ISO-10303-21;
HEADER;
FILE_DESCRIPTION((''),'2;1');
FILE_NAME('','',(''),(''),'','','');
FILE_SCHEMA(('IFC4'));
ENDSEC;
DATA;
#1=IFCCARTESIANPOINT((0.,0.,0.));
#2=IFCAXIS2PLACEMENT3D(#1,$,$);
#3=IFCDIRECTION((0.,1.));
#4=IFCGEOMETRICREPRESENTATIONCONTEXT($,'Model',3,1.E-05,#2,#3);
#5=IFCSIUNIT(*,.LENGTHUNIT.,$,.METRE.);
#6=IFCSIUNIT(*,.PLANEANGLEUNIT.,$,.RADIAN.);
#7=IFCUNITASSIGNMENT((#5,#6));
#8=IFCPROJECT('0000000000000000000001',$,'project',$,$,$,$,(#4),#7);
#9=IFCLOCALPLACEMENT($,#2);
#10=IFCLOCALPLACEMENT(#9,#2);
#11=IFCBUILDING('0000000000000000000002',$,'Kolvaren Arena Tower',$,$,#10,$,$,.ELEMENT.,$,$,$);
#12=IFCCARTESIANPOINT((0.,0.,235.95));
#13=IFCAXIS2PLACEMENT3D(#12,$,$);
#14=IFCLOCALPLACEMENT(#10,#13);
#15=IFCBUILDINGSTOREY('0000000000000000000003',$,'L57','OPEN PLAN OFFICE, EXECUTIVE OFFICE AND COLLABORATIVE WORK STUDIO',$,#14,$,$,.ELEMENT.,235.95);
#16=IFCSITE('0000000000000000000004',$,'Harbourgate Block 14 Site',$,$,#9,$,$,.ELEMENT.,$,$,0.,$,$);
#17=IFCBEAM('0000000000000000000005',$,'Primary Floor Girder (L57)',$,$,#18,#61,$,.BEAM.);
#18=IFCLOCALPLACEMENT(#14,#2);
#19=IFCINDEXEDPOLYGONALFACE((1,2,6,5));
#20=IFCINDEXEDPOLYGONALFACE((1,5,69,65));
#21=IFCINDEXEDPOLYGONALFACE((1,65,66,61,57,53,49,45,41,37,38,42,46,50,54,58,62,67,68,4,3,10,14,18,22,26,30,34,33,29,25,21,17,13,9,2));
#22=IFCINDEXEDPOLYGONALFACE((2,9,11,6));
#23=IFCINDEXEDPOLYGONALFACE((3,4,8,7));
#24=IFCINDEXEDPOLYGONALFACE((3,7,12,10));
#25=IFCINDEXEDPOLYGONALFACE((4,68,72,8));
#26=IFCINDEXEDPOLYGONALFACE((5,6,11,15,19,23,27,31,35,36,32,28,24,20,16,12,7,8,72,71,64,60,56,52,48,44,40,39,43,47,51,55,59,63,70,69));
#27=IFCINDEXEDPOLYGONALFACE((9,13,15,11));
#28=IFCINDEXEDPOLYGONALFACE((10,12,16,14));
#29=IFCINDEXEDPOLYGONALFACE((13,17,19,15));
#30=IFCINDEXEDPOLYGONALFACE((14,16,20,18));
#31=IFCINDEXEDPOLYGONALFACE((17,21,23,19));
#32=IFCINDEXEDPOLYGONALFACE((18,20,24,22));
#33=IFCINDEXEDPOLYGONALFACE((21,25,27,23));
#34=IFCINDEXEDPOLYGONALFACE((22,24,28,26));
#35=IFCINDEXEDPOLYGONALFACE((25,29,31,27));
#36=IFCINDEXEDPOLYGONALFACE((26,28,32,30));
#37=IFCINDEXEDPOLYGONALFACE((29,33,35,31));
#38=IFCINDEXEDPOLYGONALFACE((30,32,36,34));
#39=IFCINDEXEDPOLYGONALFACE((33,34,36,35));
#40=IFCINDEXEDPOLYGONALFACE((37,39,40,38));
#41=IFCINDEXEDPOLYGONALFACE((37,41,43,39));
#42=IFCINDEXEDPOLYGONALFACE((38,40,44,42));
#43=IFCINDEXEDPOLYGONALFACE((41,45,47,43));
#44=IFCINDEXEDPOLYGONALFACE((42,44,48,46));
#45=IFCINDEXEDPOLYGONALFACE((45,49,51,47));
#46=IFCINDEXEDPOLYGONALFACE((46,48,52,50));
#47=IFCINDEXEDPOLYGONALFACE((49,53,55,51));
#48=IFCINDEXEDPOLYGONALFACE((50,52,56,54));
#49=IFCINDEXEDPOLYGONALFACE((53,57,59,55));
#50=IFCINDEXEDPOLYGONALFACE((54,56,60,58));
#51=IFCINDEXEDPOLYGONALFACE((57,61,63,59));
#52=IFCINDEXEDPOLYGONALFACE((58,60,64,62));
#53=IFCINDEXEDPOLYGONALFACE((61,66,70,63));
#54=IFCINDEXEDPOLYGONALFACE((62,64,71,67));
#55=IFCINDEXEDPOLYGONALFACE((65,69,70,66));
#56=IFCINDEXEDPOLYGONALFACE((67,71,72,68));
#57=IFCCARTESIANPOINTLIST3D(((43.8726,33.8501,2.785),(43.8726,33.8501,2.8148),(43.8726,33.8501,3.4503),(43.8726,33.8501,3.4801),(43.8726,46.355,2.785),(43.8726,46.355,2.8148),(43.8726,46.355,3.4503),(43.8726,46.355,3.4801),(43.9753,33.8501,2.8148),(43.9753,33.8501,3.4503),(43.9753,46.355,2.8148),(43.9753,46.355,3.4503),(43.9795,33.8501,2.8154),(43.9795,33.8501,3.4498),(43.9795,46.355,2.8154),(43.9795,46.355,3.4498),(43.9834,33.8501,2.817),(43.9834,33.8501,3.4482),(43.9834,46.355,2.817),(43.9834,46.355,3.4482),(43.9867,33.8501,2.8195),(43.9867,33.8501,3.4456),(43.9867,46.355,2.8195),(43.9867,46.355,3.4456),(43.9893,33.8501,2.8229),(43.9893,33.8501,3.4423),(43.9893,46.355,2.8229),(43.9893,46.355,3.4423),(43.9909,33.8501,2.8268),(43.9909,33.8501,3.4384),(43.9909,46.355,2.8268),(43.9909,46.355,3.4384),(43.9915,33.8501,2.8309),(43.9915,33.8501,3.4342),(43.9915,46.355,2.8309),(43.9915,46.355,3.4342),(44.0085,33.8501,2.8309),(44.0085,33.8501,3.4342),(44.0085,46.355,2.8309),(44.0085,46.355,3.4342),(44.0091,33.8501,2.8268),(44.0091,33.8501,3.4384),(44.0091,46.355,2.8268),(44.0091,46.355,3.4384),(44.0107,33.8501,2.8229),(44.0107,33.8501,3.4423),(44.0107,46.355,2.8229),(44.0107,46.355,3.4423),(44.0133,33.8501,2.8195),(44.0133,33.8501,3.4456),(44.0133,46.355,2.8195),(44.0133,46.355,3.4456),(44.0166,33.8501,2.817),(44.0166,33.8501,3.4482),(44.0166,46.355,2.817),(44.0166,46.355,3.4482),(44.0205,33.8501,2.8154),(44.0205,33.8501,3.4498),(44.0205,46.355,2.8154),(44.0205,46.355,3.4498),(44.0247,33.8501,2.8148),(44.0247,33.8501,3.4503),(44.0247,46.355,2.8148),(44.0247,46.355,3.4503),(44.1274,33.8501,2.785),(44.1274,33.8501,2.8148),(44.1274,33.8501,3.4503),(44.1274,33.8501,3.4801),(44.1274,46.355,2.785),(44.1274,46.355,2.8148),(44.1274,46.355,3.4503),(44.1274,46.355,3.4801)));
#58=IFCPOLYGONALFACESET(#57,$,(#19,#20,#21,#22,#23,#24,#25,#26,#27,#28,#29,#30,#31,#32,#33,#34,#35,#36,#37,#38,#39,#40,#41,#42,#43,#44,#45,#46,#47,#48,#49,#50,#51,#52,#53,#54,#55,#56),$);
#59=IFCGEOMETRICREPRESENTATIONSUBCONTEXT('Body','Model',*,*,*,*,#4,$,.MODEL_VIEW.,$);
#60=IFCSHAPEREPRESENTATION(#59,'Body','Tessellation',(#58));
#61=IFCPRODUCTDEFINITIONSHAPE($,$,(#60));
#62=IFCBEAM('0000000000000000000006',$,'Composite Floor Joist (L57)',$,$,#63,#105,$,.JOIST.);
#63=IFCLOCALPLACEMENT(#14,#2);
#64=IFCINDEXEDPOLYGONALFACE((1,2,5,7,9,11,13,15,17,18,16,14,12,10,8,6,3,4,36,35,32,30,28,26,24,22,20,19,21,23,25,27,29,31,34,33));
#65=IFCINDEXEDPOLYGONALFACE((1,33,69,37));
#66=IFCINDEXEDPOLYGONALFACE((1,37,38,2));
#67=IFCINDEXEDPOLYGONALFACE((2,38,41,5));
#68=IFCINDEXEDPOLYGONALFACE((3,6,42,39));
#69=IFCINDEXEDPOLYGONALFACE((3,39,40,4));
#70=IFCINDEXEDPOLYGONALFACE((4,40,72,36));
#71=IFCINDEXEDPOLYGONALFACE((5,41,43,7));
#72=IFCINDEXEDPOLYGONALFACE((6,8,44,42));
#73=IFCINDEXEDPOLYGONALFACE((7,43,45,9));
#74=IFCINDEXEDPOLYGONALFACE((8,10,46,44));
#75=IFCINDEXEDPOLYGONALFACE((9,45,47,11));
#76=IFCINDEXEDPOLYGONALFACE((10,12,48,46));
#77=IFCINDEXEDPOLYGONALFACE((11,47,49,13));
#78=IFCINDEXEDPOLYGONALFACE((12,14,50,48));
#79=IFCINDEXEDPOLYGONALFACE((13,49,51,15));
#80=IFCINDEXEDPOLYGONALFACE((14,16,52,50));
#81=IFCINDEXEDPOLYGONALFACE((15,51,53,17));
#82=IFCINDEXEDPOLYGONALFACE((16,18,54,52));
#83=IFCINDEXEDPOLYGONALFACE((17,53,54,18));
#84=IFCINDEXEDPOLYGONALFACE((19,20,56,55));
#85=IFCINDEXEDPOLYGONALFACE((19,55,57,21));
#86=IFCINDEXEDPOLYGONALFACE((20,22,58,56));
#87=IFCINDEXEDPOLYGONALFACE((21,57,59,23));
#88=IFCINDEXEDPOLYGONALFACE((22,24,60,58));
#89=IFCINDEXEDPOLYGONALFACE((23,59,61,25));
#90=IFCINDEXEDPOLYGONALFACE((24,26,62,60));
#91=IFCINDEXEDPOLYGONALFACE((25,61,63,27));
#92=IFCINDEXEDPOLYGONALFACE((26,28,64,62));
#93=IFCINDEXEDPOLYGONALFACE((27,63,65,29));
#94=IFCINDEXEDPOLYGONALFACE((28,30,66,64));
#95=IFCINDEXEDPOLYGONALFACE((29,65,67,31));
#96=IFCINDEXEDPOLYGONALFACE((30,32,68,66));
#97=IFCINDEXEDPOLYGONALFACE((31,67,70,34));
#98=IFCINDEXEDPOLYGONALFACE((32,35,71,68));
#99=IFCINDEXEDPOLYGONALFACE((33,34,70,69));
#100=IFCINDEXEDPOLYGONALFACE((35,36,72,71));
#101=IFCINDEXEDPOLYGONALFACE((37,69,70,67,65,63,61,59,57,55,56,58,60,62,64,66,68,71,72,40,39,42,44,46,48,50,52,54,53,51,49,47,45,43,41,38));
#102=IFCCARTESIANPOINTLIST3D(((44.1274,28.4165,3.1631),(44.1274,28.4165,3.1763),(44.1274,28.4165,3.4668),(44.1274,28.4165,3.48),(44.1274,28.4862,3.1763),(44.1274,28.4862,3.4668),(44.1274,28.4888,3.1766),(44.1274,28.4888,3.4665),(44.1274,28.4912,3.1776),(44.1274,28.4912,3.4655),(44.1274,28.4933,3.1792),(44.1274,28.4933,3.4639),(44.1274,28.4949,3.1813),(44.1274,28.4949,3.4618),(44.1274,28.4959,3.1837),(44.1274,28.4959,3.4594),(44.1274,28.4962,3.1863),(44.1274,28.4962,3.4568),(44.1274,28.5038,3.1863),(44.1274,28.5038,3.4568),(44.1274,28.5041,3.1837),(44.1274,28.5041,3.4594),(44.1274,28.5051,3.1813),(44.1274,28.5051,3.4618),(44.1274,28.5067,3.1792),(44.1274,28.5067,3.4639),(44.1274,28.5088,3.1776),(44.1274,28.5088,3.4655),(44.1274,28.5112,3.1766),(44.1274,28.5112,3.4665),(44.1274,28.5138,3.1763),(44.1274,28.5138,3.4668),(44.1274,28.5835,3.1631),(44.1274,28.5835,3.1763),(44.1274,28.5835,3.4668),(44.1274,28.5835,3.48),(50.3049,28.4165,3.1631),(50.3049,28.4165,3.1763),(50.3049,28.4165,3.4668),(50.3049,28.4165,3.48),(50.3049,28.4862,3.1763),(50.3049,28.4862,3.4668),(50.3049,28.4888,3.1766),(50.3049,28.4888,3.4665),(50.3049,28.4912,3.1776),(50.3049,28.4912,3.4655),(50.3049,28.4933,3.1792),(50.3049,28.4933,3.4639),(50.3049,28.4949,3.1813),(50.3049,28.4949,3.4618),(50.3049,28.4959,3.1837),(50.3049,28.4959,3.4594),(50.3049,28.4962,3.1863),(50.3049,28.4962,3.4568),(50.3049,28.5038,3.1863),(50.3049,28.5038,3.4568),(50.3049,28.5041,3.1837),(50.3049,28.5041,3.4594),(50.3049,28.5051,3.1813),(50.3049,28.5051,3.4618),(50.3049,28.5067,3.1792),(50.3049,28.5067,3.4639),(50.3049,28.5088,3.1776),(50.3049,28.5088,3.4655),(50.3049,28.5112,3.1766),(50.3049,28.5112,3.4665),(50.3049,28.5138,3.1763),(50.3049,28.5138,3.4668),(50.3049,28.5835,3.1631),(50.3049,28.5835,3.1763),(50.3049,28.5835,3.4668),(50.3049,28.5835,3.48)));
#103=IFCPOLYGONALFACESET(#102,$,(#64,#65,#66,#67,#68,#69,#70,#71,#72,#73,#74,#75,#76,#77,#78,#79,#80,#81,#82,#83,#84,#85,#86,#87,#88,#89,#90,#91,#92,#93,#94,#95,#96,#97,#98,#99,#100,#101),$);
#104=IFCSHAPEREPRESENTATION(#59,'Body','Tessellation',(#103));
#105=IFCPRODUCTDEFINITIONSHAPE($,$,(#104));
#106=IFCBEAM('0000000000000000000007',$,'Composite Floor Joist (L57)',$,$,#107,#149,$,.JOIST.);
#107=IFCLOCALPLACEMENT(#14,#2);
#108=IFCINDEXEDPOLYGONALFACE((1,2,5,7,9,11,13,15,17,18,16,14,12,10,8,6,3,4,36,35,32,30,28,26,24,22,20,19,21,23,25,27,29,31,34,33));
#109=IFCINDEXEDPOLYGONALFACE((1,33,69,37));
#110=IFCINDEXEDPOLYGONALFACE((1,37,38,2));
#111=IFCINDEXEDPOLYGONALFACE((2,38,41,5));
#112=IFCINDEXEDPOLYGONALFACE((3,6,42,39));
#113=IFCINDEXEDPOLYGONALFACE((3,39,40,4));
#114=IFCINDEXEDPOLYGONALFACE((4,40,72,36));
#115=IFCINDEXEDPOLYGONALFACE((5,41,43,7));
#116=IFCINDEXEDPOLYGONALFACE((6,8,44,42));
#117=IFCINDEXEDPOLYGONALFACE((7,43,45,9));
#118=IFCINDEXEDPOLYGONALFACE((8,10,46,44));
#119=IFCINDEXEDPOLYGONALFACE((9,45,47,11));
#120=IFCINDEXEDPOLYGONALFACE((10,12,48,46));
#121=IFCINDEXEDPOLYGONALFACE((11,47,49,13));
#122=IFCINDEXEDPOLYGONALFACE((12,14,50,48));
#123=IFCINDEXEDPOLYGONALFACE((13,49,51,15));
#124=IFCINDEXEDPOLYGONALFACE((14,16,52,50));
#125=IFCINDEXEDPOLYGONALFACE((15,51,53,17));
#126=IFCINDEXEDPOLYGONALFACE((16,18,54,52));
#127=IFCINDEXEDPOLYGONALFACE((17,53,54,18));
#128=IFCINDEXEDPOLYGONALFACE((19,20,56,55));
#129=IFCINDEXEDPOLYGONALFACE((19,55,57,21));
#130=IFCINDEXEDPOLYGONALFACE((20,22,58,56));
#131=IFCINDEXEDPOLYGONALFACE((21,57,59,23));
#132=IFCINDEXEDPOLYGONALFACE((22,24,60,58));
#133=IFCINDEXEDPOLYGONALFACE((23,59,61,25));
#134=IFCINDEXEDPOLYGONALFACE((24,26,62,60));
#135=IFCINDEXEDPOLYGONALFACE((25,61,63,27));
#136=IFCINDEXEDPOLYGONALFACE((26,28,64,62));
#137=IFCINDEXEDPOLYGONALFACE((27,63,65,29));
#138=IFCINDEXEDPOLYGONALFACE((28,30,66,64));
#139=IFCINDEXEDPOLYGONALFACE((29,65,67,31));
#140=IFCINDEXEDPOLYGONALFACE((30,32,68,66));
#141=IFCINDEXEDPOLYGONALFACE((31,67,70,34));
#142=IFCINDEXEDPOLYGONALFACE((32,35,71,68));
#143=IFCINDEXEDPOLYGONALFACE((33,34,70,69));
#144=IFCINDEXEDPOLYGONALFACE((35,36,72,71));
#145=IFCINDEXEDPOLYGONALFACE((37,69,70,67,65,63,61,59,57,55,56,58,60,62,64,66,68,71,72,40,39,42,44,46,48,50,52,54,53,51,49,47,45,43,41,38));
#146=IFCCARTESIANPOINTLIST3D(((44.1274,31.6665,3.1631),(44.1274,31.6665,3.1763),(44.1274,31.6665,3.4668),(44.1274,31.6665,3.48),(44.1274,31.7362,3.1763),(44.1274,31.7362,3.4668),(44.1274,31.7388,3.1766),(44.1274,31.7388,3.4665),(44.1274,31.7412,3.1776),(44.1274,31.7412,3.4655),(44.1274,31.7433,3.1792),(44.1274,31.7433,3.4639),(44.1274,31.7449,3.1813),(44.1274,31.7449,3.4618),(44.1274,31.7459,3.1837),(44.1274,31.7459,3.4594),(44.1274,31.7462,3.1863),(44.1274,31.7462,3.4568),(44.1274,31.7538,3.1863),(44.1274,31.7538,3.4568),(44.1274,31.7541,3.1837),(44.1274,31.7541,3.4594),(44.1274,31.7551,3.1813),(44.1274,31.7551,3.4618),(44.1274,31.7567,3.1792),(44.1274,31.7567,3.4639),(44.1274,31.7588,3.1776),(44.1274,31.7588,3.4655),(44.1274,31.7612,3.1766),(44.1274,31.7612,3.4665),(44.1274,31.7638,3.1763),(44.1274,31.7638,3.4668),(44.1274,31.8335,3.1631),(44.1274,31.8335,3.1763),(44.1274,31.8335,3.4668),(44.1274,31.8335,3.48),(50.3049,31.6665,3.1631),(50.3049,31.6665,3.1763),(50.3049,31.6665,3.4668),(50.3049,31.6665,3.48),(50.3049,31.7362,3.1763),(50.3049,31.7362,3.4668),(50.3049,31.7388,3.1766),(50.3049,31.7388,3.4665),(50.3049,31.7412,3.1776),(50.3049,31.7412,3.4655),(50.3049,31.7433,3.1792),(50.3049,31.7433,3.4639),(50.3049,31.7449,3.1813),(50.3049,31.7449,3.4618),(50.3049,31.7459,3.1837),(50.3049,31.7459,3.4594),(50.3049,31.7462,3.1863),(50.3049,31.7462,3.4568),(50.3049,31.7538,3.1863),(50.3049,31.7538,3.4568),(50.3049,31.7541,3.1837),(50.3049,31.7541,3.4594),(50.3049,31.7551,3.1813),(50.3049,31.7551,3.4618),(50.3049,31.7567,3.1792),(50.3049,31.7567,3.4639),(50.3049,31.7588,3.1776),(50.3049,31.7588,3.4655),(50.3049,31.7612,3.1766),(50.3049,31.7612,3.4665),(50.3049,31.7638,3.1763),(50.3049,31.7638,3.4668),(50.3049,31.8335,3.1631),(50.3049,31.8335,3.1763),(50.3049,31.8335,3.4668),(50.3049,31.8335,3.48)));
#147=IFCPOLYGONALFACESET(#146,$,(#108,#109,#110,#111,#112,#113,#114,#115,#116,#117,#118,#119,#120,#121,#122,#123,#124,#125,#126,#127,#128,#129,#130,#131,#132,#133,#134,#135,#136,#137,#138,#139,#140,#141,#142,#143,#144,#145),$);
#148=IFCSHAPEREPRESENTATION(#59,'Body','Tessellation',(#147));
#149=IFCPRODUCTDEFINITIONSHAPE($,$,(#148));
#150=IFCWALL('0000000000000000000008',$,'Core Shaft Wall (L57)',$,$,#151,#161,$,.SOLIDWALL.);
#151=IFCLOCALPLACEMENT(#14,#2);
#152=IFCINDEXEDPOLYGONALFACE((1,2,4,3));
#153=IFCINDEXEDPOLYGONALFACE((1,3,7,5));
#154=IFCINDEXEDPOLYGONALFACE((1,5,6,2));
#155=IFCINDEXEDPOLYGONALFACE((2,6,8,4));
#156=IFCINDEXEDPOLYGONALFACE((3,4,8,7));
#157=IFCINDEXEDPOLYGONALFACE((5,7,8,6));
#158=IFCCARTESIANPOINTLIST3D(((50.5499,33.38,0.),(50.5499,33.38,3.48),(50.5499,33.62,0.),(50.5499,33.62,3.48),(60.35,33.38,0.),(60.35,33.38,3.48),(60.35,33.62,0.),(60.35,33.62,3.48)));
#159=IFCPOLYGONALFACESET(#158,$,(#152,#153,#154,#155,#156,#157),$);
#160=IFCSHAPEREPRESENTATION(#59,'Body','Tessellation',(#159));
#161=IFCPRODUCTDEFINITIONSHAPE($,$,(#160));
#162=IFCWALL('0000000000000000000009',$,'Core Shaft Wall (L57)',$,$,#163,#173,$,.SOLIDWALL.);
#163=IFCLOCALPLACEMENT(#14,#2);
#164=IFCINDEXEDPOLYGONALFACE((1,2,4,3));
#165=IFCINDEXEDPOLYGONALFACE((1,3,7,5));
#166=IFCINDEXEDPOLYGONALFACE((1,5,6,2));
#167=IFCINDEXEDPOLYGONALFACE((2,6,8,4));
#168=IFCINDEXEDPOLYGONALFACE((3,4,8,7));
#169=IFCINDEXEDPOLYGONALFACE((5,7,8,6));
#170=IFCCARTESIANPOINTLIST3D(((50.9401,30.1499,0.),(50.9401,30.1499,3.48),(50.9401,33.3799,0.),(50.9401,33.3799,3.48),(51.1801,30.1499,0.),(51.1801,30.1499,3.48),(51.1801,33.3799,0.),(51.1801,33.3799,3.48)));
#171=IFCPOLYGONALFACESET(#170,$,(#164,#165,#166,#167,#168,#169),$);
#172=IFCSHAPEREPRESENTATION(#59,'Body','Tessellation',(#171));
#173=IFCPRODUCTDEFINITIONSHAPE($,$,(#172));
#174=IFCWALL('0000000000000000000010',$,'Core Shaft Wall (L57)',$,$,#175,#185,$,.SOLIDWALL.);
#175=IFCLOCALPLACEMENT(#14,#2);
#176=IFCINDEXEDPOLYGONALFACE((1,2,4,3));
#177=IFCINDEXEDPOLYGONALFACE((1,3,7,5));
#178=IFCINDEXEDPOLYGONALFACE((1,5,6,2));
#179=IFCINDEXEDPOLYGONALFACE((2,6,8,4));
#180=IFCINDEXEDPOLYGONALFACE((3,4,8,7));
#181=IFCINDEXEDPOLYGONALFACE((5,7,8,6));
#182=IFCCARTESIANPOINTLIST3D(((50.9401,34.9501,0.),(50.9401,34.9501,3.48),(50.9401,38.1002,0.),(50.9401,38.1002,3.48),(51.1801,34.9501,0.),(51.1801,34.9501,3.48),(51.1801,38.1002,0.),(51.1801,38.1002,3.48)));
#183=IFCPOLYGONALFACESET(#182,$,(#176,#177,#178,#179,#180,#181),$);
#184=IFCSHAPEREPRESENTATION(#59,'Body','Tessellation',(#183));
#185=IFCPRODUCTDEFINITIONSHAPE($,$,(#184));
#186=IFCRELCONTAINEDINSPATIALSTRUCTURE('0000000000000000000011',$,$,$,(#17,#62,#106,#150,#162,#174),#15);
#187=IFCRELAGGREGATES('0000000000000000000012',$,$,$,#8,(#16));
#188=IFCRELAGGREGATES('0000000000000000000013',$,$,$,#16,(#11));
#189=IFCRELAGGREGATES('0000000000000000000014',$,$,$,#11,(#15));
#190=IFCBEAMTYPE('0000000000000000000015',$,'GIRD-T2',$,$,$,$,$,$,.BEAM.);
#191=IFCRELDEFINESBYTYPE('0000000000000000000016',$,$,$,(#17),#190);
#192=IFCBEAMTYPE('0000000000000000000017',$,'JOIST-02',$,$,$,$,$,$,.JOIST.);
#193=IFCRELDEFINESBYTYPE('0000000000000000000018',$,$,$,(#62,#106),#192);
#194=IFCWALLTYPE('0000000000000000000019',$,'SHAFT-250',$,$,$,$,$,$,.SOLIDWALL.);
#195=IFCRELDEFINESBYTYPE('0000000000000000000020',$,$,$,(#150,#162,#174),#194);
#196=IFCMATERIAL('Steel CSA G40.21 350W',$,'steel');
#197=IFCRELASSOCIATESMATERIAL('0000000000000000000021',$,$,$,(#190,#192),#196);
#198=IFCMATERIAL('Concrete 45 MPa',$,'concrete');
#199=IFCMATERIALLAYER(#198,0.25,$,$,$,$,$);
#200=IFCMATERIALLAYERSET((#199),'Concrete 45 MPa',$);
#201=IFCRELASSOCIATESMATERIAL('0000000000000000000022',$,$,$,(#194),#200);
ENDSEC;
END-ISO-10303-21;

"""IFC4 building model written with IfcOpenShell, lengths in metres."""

from ifc_helpers import new_model, si_unit, direction, frame, frame_2d, origin, origin_2d, place, context, subcontext, project, spatial, rectangle, i_section, extrude, material, layer, layer_set, material_profile, profile_set, type_object, element, save


model = new_model("IFC4")

# Units and contexts
model_context = context("Model", 3, precision=1e-05, world=origin(), true_north=direction((0.0, 1.0)))
body_context = subcontext(model_context, "Body", "Model", "MODEL_VIEW")
ifc_project = project(units=[si_unit("LENGTHUNIT", "METRE"), si_unit("PLANEANGLEUNIT", "RADIAN")], contexts=[model_context])

# Site, building, storey
site_placement = place(None, origin())
site = spatial("IfcSite", under=ifc_project, at=site_placement, Name="Harbourgate Block 14 Site", CompositionType="ELEMENT", RefElevation=0.0)
building_placement = place(site_placement, origin())
building = spatial("IfcBuilding", under=site, at=building_placement, Name="Kolvaren Arena Tower", CompositionType="ELEMENT")
storey_placement = place(building_placement, frame((0.0, 0.0, 235.95)))
storey = spatial("IfcBuildingStorey", under=building, at=storey_placement, Name="L57", Description="OPEN PLAN OFFICE, EXECUTIVE OFFICE AND COLLABORATIVE WORK STUDIO", CompositionType="ELEMENT", Elevation=235.95)

# Beams
ifc_material_1 = material(Name="Steel CSA G40.21 350W", Category="steel")
ifc_material_profile_1 = material_profile(ifc_material_1, i_section(OverallWidth=0.2549, OverallDepth=0.6951, WebThickness=0.0171, FlangeThickness=0.0298, FilletRadius=0.0161, at=origin_2d()), Name="W690x217")
ifc_profile_set_1 = profile_set([ifc_material_profile_1], Name="Steel CSA G40.21 350W")
beam_type_1 = type_object("IfcBeamType", Name="GIRD-T2", PredefinedType="BEAM", material=ifc_profile_set_1)
beam_1_placement = place(storey_placement, frame((44.0, 33.8501, 3.1326), z_axis=(0.0, 1.0, 0.0), x_axis=(-1.0, 0.0, 0.0)))
element("IfcBeam", 1, at=beam_1_placement, inside=storey, type_object=beam_type_1, Name="Primary Floor Girder (L57)", PredefinedType="BEAM", context=body_context, shape_type="SweptSolid", body=[
    extrude(i_section(OverallWidth=0.2549, OverallDepth=0.6951, WebThickness=0.0171, FlangeThickness=0.0298, FilletRadius=0.0161, at=origin_2d()), origin(), (0.0, 0.0, 1.0), 12.5049),
])
ifc_material_profile_2 = material_profile(ifc_material_1, i_section(OverallWidth=0.167, OverallDepth=0.3169, WebThickness=0.0076, FlangeThickness=0.0132, FilletRadius=0.01, at=origin_2d()), Name="W310x52")
ifc_profile_set_2 = profile_set([ifc_material_profile_2], Name="Steel CSA G40.21 350W")
beam_type_2 = type_object("IfcBeamType", Name="JOIST-02", PredefinedType="JOIST", material=ifc_profile_set_2)
for number, where, z_axis, x_axis, name in (
    (2, (44.1274, 28.5, 3.3215), (1.0, 0.0, 0.0), (0.0, 1.0, 0.0), "Composite Floor Joist (L57)"),
    (3, (44.1274, 31.75, 3.3215), (1.0, 0.0, 0.0), (0.0, 1.0, 0.0), "Composite Floor Joist (L57)"),
):
    element("IfcBeam", number, at=place(storey_placement, frame(where, z_axis=z_axis, x_axis=x_axis)), inside=storey, type_object=beam_type_2, Name=name, PredefinedType="JOIST", context=body_context, shape_type="SweptSolid", body=[
        extrude(i_section(OverallWidth=0.167, OverallDepth=0.3169, WebThickness=0.0076, FlangeThickness=0.0132, FilletRadius=0.01, at=origin_2d()), origin(), (0.0, 0.0, 1.0), 6.1775),
    ])

# Walls
ifc_material_2 = material(Name="Concrete 45 MPa", Category="concrete")
ifc_layer = layer(ifc_material_2, 0.25)
ifc_layer_set = layer_set([ifc_layer], Name="Concrete 45 MPa")
wall_type = type_object("IfcWallType", Name="SHAFT-250", PredefinedType="SOLIDWALL", material=ifc_layer_set)
wall_1_placement = place(storey_placement, frame((50.55, 33.5, 0.0), z_axis=(0.0, 0.0, 1.0), x_axis=(1.0, 0.0, 0.0)))
element("IfcWall", 4, at=wall_1_placement, inside=storey, type_object=wall_type, Name="Core Shaft Wall (L57)", PredefinedType="SOLIDWALL", context=body_context, shape_type="SweptSolid", body=[
    extrude(rectangle(XDim=9.8, YDim=0.24, at=frame_2d((4.8999, 0.0))), origin(), (0.0, 0.0, 1.0), 3.48),
])
wall_2_placement = place(storey_placement, frame((51.0601, 30.1499, 0.0), z_axis=(0.0, 0.0, 1.0), x_axis=(0.0, 1.0, 0.0)))
element("IfcWall", 5, at=wall_2_placement, inside=storey, type_object=wall_type, Name="Core Shaft Wall (L57)", PredefinedType="SOLIDWALL", context=body_context, shape_type="SweptSolid", body=[
    extrude(rectangle(XDim=3.23, YDim=0.24, at=frame_2d((1.615, 0.0))), origin(), (0.0, 0.0, 1.0), 3.48),
])
wall_3_placement = place(storey_placement, frame((51.0601, 34.95, 0.0), z_axis=(0.0, 0.0, 1.0), x_axis=(0.0, 1.0, 0.0)))
element("IfcWall", 6, at=wall_3_placement, inside=storey, type_object=wall_type, Name="Core Shaft Wall (L57)", PredefinedType="SOLIDWALL", context=body_context, shape_type="SweptSolid", body=[
    extrude(rectangle(XDim=3.1501, YDim=0.24, at=frame_2d((1.5752, 0.0))), origin(), (0.0, 0.0, 1.0), 3.48),
])

save(model, "model.ifc")
